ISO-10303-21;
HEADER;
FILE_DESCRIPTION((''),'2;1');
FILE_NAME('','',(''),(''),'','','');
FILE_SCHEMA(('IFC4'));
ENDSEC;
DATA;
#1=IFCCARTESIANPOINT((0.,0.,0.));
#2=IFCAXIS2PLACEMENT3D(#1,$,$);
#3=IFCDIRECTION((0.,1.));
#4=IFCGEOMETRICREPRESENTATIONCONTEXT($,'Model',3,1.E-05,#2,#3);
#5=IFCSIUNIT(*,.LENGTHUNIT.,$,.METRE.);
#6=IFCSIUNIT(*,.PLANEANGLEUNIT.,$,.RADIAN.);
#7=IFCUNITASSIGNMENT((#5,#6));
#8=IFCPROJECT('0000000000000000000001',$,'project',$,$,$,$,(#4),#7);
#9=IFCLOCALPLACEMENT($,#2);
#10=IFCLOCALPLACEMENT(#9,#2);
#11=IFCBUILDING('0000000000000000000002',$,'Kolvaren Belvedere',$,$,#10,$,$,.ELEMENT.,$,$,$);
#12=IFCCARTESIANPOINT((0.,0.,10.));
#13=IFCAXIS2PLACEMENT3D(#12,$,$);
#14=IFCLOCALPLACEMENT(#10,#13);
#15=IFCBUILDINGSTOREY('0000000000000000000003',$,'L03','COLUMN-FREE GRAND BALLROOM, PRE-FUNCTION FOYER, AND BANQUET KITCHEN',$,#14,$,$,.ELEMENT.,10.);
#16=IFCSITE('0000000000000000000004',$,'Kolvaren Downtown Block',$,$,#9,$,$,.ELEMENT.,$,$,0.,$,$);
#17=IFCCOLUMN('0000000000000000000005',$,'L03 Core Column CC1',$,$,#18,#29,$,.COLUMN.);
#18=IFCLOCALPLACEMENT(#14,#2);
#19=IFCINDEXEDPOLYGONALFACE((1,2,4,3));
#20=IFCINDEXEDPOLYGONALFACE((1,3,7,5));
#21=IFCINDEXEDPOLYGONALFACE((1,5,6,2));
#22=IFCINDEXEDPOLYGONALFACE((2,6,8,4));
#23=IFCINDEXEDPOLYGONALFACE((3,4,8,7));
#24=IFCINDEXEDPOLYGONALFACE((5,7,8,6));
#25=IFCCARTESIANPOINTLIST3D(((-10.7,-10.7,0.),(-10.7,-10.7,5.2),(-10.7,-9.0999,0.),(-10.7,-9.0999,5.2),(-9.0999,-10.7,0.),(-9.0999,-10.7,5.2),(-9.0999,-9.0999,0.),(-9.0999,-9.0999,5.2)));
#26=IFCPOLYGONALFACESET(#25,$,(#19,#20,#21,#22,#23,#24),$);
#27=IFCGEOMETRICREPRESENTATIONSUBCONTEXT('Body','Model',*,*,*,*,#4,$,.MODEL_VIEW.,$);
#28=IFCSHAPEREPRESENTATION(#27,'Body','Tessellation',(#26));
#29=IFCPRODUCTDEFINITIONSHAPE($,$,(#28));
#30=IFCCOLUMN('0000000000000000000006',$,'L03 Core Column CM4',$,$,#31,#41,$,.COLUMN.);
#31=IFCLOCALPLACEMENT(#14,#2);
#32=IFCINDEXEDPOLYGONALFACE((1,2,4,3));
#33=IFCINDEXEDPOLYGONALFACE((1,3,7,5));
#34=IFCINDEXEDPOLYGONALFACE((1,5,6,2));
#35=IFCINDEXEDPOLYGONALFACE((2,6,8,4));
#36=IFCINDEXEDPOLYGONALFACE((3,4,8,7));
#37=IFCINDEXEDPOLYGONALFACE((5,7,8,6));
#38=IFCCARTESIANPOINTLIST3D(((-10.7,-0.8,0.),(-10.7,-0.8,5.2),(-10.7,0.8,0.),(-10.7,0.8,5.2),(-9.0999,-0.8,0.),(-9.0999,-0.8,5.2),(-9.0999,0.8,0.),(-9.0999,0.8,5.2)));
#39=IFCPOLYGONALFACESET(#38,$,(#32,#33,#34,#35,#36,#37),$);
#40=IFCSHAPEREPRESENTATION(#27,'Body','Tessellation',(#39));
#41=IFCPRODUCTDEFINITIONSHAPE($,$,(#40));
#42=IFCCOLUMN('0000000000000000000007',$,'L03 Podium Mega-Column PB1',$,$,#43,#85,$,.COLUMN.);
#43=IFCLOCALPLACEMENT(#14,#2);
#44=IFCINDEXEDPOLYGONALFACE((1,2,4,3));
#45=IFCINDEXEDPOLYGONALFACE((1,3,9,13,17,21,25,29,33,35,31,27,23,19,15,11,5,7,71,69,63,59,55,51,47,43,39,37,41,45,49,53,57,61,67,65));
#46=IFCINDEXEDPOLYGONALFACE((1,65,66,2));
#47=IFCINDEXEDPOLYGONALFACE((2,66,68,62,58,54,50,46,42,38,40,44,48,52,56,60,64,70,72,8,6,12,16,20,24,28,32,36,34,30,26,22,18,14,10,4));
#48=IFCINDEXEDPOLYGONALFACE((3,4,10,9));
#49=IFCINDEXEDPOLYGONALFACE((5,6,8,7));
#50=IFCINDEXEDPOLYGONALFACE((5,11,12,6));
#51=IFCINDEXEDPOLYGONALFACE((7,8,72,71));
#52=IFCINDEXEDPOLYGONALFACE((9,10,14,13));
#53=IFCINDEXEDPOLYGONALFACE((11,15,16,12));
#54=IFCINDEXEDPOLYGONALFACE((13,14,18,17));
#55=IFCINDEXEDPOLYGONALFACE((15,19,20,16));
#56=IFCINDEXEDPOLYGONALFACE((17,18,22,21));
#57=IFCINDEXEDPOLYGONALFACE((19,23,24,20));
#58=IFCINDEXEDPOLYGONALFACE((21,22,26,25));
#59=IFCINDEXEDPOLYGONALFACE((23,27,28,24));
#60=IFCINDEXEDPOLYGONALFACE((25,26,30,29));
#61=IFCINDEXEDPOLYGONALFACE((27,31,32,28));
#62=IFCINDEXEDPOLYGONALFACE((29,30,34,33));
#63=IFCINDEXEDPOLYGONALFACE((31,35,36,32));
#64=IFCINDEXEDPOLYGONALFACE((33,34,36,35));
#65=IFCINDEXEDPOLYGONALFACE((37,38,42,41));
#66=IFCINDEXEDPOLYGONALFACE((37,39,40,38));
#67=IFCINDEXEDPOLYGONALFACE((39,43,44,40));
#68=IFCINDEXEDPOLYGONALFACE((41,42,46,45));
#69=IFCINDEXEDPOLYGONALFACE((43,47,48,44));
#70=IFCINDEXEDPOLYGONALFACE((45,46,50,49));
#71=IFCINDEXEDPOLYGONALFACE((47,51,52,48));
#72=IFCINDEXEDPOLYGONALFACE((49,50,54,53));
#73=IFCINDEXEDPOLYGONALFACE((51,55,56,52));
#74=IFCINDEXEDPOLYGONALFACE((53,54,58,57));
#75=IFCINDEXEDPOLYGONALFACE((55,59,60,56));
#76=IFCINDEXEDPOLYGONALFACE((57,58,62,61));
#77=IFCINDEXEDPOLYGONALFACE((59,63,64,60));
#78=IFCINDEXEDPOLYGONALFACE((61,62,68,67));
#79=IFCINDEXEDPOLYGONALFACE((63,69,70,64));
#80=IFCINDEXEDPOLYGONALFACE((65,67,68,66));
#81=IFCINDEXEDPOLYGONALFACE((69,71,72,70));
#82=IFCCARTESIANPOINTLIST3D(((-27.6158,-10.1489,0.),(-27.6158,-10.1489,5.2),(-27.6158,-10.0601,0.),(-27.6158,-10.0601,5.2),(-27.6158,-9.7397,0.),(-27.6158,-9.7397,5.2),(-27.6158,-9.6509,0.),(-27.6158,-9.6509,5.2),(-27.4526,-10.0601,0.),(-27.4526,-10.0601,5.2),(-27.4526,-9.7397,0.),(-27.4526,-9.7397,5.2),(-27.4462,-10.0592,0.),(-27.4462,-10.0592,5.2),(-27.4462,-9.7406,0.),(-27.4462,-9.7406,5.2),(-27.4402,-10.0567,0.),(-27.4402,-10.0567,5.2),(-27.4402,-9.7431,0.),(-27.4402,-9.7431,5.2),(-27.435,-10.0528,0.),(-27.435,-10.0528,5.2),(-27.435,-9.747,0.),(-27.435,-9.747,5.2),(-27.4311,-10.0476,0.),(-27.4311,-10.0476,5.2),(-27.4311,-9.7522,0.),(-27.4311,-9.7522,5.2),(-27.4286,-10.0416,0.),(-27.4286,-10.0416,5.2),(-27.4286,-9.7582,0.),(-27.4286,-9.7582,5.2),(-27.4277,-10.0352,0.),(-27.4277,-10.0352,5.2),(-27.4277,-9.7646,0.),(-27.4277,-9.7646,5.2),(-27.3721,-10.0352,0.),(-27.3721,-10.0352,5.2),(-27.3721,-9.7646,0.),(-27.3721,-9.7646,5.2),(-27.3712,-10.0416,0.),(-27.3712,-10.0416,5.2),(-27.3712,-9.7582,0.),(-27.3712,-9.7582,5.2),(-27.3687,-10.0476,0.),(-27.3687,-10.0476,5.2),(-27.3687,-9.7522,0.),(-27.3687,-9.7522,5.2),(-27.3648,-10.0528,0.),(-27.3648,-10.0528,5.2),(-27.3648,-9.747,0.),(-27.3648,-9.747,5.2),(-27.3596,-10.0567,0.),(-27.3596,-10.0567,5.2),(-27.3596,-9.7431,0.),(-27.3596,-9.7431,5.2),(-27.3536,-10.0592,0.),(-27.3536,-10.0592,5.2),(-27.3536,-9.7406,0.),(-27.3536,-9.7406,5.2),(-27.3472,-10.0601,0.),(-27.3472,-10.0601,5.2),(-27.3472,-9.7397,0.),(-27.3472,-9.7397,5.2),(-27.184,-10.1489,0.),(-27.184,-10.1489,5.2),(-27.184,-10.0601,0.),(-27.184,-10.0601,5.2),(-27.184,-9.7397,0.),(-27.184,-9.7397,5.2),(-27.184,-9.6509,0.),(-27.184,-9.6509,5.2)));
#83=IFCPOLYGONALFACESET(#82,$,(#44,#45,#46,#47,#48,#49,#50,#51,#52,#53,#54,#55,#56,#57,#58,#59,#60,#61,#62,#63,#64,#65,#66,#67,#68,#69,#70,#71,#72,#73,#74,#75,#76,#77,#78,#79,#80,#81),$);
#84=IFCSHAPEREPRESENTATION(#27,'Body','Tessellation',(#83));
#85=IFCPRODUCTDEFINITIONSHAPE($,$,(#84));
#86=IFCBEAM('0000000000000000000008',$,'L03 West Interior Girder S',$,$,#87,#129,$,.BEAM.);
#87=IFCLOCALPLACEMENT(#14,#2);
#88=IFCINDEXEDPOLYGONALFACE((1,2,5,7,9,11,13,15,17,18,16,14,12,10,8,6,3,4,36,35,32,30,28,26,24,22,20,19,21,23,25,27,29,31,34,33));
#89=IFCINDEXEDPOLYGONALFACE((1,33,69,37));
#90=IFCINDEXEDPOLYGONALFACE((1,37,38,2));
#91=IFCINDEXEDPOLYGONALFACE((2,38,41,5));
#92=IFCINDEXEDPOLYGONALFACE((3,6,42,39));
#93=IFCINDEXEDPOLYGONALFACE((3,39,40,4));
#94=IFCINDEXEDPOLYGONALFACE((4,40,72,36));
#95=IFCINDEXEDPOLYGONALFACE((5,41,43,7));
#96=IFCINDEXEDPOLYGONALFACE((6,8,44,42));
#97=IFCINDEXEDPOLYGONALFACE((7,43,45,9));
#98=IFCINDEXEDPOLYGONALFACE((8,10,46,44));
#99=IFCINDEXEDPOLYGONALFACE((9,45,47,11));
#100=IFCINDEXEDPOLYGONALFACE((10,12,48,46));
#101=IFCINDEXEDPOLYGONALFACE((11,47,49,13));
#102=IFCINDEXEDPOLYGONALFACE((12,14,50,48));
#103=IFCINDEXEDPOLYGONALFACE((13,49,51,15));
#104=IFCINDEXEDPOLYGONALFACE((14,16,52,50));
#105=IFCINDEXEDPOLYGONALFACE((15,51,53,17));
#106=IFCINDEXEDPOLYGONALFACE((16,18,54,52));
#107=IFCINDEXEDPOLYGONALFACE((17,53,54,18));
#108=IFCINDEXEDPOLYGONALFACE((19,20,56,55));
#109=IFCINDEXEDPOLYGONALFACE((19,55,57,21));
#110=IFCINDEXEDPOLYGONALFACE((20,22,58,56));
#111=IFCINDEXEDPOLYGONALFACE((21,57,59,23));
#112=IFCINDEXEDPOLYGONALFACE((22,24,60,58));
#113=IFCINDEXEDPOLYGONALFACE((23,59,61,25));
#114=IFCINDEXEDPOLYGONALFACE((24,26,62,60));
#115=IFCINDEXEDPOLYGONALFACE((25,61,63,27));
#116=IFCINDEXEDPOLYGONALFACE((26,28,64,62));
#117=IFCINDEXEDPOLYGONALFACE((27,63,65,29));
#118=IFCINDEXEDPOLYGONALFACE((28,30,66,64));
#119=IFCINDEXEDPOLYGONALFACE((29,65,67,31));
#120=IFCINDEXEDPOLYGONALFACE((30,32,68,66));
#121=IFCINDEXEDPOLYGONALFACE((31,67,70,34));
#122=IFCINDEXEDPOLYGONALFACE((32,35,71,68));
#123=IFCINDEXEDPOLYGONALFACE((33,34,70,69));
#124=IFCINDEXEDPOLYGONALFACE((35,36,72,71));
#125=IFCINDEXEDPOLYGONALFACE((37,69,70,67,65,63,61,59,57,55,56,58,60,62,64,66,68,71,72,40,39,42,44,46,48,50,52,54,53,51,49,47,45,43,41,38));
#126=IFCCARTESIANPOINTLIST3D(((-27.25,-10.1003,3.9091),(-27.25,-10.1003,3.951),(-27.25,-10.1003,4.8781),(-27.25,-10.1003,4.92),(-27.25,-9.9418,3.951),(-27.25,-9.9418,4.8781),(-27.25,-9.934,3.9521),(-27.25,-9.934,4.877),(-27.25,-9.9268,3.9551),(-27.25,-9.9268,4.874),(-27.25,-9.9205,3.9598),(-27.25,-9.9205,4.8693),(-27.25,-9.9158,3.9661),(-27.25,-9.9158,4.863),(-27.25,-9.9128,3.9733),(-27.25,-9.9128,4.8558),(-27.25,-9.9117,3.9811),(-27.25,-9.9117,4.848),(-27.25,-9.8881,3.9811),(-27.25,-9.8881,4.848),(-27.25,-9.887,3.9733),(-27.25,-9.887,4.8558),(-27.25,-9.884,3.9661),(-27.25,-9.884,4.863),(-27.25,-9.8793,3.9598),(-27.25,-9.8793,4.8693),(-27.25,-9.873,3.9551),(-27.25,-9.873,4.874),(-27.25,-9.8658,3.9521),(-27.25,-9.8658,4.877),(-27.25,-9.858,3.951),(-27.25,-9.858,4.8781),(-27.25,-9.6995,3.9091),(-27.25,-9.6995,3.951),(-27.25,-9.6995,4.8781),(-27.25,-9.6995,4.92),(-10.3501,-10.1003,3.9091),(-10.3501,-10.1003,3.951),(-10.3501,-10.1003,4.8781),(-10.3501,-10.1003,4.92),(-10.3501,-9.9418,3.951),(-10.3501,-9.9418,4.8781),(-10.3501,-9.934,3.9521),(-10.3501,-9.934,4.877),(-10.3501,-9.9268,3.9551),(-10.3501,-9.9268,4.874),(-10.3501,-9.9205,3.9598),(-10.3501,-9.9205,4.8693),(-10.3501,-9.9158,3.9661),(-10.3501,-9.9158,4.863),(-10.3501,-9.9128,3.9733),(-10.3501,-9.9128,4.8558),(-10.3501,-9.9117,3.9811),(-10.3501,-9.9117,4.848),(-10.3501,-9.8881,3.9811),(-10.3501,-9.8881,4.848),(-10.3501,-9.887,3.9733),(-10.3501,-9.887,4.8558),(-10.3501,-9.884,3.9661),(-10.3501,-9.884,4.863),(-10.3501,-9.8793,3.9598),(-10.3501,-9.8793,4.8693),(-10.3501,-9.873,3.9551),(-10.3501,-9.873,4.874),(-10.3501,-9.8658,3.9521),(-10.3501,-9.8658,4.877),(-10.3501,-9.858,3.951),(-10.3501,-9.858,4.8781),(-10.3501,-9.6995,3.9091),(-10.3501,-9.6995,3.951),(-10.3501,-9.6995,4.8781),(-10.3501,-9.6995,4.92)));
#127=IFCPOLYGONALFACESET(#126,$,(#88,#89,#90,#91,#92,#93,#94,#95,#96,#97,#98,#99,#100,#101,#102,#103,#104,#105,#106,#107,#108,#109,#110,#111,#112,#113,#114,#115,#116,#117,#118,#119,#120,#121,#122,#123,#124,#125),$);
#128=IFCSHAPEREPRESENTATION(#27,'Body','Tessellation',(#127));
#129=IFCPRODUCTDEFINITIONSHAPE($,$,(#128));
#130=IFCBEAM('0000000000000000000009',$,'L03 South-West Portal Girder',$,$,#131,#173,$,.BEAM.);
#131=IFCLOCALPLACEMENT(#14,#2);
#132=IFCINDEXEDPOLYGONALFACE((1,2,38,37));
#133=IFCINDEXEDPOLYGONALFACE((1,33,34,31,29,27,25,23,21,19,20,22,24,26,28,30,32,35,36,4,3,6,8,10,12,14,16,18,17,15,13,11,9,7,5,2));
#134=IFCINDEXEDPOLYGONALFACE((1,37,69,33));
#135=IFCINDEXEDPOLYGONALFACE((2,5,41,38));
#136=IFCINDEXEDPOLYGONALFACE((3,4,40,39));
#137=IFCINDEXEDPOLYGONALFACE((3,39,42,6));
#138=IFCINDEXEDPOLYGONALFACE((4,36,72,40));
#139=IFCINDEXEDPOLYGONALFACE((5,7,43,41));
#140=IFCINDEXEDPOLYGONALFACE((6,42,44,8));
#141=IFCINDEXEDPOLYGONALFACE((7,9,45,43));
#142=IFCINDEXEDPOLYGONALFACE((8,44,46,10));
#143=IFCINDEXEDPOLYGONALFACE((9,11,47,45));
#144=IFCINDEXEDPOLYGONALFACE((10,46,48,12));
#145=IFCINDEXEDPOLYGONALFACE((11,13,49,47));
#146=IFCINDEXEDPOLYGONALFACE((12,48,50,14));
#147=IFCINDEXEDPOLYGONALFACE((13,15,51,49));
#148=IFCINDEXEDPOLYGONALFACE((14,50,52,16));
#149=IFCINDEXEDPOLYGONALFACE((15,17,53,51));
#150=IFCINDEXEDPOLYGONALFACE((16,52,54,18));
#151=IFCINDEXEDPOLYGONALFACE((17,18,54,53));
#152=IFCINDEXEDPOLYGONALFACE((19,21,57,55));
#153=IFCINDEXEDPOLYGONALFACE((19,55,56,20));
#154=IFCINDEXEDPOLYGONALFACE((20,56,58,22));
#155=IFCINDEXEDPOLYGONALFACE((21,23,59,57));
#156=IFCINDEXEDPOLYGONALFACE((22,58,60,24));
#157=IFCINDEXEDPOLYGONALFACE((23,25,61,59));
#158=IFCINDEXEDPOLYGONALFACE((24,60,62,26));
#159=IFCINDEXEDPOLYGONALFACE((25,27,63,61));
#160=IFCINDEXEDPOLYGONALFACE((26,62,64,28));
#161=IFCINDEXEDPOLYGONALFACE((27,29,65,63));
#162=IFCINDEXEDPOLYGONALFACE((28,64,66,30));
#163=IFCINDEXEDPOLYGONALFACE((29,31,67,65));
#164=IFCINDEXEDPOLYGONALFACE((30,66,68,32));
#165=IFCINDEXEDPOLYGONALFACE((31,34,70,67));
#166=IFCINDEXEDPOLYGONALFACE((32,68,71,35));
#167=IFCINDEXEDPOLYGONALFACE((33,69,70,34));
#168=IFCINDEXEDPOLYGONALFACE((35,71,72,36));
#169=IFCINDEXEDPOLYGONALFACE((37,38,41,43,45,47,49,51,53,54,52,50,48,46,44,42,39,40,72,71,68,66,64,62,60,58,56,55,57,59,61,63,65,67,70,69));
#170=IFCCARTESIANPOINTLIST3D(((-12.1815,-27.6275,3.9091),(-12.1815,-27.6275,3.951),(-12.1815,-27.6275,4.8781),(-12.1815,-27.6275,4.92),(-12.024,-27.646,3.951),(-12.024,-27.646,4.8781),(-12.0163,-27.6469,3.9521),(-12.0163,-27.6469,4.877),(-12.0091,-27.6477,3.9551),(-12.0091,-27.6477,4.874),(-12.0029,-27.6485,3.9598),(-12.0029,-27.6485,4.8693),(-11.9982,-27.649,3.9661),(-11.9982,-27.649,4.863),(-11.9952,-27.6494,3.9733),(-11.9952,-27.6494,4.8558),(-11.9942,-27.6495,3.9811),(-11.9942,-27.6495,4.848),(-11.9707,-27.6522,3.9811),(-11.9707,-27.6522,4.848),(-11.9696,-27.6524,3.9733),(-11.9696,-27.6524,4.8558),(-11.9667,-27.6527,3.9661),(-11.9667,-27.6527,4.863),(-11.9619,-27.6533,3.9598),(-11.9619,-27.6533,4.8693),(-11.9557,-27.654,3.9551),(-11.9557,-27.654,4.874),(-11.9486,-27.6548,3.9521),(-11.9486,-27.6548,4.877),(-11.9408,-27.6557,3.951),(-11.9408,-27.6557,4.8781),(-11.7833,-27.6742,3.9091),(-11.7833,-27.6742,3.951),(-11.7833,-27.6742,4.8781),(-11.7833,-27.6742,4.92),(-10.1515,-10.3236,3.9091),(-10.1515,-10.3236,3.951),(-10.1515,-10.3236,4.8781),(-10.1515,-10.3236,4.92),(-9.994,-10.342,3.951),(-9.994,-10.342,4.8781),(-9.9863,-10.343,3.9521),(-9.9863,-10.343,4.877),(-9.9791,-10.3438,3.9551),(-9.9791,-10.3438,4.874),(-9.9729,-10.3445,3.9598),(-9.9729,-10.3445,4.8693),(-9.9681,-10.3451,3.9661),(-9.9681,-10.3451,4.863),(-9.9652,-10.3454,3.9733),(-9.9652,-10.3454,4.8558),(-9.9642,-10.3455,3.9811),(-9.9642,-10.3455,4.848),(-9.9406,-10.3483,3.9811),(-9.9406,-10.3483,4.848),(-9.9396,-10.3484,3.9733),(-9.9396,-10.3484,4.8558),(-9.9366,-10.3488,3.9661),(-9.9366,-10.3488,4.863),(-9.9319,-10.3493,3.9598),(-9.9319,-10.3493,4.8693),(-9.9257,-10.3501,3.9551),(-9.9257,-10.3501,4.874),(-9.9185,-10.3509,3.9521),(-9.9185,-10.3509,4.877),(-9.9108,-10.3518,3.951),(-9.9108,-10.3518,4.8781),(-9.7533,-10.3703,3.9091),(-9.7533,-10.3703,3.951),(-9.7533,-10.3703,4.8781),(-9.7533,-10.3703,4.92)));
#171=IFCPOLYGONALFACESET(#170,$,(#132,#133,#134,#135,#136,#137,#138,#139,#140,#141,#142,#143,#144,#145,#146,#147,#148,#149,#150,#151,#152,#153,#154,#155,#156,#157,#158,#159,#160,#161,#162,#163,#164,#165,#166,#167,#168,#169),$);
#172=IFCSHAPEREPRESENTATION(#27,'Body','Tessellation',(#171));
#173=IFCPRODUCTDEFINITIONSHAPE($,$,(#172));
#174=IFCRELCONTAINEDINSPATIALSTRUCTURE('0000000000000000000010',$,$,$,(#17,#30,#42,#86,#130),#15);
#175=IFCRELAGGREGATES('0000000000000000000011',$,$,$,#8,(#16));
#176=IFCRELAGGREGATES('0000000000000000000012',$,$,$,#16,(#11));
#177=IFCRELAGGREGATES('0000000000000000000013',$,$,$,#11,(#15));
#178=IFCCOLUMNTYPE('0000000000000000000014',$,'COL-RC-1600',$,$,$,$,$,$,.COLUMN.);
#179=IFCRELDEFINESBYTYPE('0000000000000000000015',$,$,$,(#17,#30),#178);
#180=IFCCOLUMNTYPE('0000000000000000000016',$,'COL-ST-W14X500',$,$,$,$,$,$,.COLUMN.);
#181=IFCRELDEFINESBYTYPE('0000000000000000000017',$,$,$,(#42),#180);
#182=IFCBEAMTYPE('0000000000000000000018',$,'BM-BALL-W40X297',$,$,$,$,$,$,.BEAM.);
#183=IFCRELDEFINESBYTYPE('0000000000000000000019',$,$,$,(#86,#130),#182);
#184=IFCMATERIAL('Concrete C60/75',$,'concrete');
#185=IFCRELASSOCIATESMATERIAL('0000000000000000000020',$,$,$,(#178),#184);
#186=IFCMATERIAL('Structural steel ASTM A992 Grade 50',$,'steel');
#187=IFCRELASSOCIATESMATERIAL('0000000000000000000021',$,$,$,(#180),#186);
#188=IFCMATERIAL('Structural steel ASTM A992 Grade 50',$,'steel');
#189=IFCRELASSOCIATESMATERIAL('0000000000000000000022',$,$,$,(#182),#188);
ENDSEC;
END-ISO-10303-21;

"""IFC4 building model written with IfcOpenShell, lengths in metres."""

from ifc_helpers import new_model, si_unit, direction, frame, origin, origin_2d, place, context, subcontext, project, spatial, rectangle, i_section, extrude, material, material_profile, profile_set, type_object, element, save


model = new_model("IFC4")

# Units and contexts
model_context = context("Model", 3, precision=1e-05, world=origin(), true_north=direction((0.0, 1.0)))
body_context = subcontext(model_context, "Body", "Model", "MODEL_VIEW")
ifc_project = project(units=[si_unit("LENGTHUNIT", "METRE"), si_unit("PLANEANGLEUNIT", "RADIAN")], contexts=[model_context])

# Site, building, storey
site_placement = place(None, origin())
site = spatial("IfcSite", under=ifc_project, at=site_placement, Name="Kolvaren Downtown Block", CompositionType="ELEMENT", RefElevation=0.0)
building_placement = place(site_placement, origin())
building = spatial("IfcBuilding", under=site, at=building_placement, Name="Kolvaren Belvedere", CompositionType="ELEMENT")
storey_placement = place(building_placement, frame((0.0, 0.0, 10.0)))
storey = spatial("IfcBuildingStorey", under=building, at=storey_placement, Name="L03", Description="COLUMN-FREE GRAND BALLROOM, PRE-FUNCTION FOYER, AND BANQUET KITCHEN", CompositionType="ELEMENT", Elevation=10.0)

# Columns
ifc_material_1 = material(Name="Concrete C60/75", Category="concrete")
ifc_material_profile_1 = material_profile(ifc_material_1, rectangle(XDim=1.6001, YDim=1.6001, at=origin_2d()), Name="RC 1600X1600")
ifc_profile_set_1 = profile_set([ifc_material_profile_1], Name="Concrete C60/75")
column_type_1 = type_object("IfcColumnType", Name="COL-RC-1600", PredefinedType="COLUMN", material=ifc_profile_set_1)
for number, where, z_axis, x_axis, name in (
    (1, (-9.8999, -9.8999, 0.0), (0.0, 0.0, 1.0), (1.0, 0.0, 0.0), "L03 Core Column CC1"),
    (2, (-9.8999, 0.0, 0.0), (0.0, 0.0, 1.0), (1.0, 0.0, 0.0), "L03 Core Column CM4"),
):
    element("IfcColumn", number, at=place(storey_placement, frame(where, z_axis=z_axis, x_axis=x_axis)), inside=storey, type_object=column_type_1, Name=name, PredefinedType="COLUMN", context=body_context, shape_type="SweptSolid", body=[
        extrude(rectangle(XDim=1.6001, YDim=1.6001, at=origin_2d()), origin(), (0.0, 0.0, 1.0), 5.2),
    ])
ifc_material_2 = material(Name="Structural steel ASTM A992 Grade 50", Category="steel")
ifc_material_profile_2 = material_profile(ifc_material_2, i_section(OverallWidth=0.4319, OverallDepth=0.498, WebThickness=0.0557, FlangeThickness=0.0889, FilletRadius=0.0249, at=origin_2d()), Name="W14X500")
ifc_profile_set_2 = profile_set([ifc_material_profile_2], Name="Structural steel ASTM A992 Grade 50")
column_type_2 = type_object("IfcColumnType", Name="COL-ST-W14X500", PredefinedType="COLUMN", material=ifc_profile_set_2)
column_placement = place(storey_placement, frame((-27.3999, -9.8999, 0.0), z_axis=(0.0, 0.0, 1.0), x_axis=(1.0, 0.0, 0.0)))
element("IfcColumn", 3, at=column_placement, inside=storey, type_object=column_type_2, Name="L03 Podium Mega-Column PB1", PredefinedType="COLUMN", context=body_context, shape_type="SweptSolid", body=[
    extrude(i_section(OverallWidth=0.4319, OverallDepth=0.498, WebThickness=0.0557, FlangeThickness=0.0889, FilletRadius=0.0249, at=origin_2d()), origin(), (0.0, 0.0, 1.0), 5.2),
])

# Beams
ifc_material_3 = material(Name="Structural steel ASTM A992 Grade 50", Category="steel")
ifc_material_profile_3 = material_profile(ifc_material_3, i_section(OverallWidth=0.4009, OverallDepth=1.011, WebThickness=0.0237, FlangeThickness=0.042, FilletRadius=0.03, at=origin_2d()), Name="W40X297")
ifc_profile_set_3 = profile_set([ifc_material_profile_3], Name="Structural steel ASTM A992 Grade 50")
beam_type_1 = type_object("IfcBeamType", Name="BM-BALL-W40X297", PredefinedType="BEAM", material=ifc_profile_set_3)
beam_1_placement = place(storey_placement, frame((-27.25, -9.8999, 4.4146), z_axis=(1.0, 0.0, 0.0), x_axis=(0.0, 1.0, 0.0)))
element("IfcBeam", 4, at=beam_1_placement, inside=storey, type_object=beam_type_1, Name="L03 West Interior Girder S", PredefinedType="BEAM", context=body_context, shape_type="SweptSolid", body=[
    extrude(i_section(OverallWidth=0.4009, OverallDepth=1.011, WebThickness=0.0237, FlangeThickness=0.042, FilletRadius=0.03, at=origin_2d()), origin(), (0.0, 0.0, 1.0), 16.8999),
])
beam_2_placement = place(storey_placement, frame((-9.9524, -10.3469, 4.4146), z_axis=(-0.116517, -0.993189, 0.0), x_axis=(0.993189, -0.116517, 0.0)))
element("IfcBeam", 5, at=beam_2_placement, inside=storey, type_object=beam_type_1, Name="L03 South-West Portal Girder", PredefinedType="BEAM", context=body_context, shape_type="SweptSolid", body=[
    extrude(i_section(OverallWidth=0.4009, OverallDepth=1.011, WebThickness=0.0237, FlangeThickness=0.042, FilletRadius=0.03, at=origin_2d()), origin(), (0.0, 0.0, 1.0), 17.4226),
])

save(model, "model.ifc")
